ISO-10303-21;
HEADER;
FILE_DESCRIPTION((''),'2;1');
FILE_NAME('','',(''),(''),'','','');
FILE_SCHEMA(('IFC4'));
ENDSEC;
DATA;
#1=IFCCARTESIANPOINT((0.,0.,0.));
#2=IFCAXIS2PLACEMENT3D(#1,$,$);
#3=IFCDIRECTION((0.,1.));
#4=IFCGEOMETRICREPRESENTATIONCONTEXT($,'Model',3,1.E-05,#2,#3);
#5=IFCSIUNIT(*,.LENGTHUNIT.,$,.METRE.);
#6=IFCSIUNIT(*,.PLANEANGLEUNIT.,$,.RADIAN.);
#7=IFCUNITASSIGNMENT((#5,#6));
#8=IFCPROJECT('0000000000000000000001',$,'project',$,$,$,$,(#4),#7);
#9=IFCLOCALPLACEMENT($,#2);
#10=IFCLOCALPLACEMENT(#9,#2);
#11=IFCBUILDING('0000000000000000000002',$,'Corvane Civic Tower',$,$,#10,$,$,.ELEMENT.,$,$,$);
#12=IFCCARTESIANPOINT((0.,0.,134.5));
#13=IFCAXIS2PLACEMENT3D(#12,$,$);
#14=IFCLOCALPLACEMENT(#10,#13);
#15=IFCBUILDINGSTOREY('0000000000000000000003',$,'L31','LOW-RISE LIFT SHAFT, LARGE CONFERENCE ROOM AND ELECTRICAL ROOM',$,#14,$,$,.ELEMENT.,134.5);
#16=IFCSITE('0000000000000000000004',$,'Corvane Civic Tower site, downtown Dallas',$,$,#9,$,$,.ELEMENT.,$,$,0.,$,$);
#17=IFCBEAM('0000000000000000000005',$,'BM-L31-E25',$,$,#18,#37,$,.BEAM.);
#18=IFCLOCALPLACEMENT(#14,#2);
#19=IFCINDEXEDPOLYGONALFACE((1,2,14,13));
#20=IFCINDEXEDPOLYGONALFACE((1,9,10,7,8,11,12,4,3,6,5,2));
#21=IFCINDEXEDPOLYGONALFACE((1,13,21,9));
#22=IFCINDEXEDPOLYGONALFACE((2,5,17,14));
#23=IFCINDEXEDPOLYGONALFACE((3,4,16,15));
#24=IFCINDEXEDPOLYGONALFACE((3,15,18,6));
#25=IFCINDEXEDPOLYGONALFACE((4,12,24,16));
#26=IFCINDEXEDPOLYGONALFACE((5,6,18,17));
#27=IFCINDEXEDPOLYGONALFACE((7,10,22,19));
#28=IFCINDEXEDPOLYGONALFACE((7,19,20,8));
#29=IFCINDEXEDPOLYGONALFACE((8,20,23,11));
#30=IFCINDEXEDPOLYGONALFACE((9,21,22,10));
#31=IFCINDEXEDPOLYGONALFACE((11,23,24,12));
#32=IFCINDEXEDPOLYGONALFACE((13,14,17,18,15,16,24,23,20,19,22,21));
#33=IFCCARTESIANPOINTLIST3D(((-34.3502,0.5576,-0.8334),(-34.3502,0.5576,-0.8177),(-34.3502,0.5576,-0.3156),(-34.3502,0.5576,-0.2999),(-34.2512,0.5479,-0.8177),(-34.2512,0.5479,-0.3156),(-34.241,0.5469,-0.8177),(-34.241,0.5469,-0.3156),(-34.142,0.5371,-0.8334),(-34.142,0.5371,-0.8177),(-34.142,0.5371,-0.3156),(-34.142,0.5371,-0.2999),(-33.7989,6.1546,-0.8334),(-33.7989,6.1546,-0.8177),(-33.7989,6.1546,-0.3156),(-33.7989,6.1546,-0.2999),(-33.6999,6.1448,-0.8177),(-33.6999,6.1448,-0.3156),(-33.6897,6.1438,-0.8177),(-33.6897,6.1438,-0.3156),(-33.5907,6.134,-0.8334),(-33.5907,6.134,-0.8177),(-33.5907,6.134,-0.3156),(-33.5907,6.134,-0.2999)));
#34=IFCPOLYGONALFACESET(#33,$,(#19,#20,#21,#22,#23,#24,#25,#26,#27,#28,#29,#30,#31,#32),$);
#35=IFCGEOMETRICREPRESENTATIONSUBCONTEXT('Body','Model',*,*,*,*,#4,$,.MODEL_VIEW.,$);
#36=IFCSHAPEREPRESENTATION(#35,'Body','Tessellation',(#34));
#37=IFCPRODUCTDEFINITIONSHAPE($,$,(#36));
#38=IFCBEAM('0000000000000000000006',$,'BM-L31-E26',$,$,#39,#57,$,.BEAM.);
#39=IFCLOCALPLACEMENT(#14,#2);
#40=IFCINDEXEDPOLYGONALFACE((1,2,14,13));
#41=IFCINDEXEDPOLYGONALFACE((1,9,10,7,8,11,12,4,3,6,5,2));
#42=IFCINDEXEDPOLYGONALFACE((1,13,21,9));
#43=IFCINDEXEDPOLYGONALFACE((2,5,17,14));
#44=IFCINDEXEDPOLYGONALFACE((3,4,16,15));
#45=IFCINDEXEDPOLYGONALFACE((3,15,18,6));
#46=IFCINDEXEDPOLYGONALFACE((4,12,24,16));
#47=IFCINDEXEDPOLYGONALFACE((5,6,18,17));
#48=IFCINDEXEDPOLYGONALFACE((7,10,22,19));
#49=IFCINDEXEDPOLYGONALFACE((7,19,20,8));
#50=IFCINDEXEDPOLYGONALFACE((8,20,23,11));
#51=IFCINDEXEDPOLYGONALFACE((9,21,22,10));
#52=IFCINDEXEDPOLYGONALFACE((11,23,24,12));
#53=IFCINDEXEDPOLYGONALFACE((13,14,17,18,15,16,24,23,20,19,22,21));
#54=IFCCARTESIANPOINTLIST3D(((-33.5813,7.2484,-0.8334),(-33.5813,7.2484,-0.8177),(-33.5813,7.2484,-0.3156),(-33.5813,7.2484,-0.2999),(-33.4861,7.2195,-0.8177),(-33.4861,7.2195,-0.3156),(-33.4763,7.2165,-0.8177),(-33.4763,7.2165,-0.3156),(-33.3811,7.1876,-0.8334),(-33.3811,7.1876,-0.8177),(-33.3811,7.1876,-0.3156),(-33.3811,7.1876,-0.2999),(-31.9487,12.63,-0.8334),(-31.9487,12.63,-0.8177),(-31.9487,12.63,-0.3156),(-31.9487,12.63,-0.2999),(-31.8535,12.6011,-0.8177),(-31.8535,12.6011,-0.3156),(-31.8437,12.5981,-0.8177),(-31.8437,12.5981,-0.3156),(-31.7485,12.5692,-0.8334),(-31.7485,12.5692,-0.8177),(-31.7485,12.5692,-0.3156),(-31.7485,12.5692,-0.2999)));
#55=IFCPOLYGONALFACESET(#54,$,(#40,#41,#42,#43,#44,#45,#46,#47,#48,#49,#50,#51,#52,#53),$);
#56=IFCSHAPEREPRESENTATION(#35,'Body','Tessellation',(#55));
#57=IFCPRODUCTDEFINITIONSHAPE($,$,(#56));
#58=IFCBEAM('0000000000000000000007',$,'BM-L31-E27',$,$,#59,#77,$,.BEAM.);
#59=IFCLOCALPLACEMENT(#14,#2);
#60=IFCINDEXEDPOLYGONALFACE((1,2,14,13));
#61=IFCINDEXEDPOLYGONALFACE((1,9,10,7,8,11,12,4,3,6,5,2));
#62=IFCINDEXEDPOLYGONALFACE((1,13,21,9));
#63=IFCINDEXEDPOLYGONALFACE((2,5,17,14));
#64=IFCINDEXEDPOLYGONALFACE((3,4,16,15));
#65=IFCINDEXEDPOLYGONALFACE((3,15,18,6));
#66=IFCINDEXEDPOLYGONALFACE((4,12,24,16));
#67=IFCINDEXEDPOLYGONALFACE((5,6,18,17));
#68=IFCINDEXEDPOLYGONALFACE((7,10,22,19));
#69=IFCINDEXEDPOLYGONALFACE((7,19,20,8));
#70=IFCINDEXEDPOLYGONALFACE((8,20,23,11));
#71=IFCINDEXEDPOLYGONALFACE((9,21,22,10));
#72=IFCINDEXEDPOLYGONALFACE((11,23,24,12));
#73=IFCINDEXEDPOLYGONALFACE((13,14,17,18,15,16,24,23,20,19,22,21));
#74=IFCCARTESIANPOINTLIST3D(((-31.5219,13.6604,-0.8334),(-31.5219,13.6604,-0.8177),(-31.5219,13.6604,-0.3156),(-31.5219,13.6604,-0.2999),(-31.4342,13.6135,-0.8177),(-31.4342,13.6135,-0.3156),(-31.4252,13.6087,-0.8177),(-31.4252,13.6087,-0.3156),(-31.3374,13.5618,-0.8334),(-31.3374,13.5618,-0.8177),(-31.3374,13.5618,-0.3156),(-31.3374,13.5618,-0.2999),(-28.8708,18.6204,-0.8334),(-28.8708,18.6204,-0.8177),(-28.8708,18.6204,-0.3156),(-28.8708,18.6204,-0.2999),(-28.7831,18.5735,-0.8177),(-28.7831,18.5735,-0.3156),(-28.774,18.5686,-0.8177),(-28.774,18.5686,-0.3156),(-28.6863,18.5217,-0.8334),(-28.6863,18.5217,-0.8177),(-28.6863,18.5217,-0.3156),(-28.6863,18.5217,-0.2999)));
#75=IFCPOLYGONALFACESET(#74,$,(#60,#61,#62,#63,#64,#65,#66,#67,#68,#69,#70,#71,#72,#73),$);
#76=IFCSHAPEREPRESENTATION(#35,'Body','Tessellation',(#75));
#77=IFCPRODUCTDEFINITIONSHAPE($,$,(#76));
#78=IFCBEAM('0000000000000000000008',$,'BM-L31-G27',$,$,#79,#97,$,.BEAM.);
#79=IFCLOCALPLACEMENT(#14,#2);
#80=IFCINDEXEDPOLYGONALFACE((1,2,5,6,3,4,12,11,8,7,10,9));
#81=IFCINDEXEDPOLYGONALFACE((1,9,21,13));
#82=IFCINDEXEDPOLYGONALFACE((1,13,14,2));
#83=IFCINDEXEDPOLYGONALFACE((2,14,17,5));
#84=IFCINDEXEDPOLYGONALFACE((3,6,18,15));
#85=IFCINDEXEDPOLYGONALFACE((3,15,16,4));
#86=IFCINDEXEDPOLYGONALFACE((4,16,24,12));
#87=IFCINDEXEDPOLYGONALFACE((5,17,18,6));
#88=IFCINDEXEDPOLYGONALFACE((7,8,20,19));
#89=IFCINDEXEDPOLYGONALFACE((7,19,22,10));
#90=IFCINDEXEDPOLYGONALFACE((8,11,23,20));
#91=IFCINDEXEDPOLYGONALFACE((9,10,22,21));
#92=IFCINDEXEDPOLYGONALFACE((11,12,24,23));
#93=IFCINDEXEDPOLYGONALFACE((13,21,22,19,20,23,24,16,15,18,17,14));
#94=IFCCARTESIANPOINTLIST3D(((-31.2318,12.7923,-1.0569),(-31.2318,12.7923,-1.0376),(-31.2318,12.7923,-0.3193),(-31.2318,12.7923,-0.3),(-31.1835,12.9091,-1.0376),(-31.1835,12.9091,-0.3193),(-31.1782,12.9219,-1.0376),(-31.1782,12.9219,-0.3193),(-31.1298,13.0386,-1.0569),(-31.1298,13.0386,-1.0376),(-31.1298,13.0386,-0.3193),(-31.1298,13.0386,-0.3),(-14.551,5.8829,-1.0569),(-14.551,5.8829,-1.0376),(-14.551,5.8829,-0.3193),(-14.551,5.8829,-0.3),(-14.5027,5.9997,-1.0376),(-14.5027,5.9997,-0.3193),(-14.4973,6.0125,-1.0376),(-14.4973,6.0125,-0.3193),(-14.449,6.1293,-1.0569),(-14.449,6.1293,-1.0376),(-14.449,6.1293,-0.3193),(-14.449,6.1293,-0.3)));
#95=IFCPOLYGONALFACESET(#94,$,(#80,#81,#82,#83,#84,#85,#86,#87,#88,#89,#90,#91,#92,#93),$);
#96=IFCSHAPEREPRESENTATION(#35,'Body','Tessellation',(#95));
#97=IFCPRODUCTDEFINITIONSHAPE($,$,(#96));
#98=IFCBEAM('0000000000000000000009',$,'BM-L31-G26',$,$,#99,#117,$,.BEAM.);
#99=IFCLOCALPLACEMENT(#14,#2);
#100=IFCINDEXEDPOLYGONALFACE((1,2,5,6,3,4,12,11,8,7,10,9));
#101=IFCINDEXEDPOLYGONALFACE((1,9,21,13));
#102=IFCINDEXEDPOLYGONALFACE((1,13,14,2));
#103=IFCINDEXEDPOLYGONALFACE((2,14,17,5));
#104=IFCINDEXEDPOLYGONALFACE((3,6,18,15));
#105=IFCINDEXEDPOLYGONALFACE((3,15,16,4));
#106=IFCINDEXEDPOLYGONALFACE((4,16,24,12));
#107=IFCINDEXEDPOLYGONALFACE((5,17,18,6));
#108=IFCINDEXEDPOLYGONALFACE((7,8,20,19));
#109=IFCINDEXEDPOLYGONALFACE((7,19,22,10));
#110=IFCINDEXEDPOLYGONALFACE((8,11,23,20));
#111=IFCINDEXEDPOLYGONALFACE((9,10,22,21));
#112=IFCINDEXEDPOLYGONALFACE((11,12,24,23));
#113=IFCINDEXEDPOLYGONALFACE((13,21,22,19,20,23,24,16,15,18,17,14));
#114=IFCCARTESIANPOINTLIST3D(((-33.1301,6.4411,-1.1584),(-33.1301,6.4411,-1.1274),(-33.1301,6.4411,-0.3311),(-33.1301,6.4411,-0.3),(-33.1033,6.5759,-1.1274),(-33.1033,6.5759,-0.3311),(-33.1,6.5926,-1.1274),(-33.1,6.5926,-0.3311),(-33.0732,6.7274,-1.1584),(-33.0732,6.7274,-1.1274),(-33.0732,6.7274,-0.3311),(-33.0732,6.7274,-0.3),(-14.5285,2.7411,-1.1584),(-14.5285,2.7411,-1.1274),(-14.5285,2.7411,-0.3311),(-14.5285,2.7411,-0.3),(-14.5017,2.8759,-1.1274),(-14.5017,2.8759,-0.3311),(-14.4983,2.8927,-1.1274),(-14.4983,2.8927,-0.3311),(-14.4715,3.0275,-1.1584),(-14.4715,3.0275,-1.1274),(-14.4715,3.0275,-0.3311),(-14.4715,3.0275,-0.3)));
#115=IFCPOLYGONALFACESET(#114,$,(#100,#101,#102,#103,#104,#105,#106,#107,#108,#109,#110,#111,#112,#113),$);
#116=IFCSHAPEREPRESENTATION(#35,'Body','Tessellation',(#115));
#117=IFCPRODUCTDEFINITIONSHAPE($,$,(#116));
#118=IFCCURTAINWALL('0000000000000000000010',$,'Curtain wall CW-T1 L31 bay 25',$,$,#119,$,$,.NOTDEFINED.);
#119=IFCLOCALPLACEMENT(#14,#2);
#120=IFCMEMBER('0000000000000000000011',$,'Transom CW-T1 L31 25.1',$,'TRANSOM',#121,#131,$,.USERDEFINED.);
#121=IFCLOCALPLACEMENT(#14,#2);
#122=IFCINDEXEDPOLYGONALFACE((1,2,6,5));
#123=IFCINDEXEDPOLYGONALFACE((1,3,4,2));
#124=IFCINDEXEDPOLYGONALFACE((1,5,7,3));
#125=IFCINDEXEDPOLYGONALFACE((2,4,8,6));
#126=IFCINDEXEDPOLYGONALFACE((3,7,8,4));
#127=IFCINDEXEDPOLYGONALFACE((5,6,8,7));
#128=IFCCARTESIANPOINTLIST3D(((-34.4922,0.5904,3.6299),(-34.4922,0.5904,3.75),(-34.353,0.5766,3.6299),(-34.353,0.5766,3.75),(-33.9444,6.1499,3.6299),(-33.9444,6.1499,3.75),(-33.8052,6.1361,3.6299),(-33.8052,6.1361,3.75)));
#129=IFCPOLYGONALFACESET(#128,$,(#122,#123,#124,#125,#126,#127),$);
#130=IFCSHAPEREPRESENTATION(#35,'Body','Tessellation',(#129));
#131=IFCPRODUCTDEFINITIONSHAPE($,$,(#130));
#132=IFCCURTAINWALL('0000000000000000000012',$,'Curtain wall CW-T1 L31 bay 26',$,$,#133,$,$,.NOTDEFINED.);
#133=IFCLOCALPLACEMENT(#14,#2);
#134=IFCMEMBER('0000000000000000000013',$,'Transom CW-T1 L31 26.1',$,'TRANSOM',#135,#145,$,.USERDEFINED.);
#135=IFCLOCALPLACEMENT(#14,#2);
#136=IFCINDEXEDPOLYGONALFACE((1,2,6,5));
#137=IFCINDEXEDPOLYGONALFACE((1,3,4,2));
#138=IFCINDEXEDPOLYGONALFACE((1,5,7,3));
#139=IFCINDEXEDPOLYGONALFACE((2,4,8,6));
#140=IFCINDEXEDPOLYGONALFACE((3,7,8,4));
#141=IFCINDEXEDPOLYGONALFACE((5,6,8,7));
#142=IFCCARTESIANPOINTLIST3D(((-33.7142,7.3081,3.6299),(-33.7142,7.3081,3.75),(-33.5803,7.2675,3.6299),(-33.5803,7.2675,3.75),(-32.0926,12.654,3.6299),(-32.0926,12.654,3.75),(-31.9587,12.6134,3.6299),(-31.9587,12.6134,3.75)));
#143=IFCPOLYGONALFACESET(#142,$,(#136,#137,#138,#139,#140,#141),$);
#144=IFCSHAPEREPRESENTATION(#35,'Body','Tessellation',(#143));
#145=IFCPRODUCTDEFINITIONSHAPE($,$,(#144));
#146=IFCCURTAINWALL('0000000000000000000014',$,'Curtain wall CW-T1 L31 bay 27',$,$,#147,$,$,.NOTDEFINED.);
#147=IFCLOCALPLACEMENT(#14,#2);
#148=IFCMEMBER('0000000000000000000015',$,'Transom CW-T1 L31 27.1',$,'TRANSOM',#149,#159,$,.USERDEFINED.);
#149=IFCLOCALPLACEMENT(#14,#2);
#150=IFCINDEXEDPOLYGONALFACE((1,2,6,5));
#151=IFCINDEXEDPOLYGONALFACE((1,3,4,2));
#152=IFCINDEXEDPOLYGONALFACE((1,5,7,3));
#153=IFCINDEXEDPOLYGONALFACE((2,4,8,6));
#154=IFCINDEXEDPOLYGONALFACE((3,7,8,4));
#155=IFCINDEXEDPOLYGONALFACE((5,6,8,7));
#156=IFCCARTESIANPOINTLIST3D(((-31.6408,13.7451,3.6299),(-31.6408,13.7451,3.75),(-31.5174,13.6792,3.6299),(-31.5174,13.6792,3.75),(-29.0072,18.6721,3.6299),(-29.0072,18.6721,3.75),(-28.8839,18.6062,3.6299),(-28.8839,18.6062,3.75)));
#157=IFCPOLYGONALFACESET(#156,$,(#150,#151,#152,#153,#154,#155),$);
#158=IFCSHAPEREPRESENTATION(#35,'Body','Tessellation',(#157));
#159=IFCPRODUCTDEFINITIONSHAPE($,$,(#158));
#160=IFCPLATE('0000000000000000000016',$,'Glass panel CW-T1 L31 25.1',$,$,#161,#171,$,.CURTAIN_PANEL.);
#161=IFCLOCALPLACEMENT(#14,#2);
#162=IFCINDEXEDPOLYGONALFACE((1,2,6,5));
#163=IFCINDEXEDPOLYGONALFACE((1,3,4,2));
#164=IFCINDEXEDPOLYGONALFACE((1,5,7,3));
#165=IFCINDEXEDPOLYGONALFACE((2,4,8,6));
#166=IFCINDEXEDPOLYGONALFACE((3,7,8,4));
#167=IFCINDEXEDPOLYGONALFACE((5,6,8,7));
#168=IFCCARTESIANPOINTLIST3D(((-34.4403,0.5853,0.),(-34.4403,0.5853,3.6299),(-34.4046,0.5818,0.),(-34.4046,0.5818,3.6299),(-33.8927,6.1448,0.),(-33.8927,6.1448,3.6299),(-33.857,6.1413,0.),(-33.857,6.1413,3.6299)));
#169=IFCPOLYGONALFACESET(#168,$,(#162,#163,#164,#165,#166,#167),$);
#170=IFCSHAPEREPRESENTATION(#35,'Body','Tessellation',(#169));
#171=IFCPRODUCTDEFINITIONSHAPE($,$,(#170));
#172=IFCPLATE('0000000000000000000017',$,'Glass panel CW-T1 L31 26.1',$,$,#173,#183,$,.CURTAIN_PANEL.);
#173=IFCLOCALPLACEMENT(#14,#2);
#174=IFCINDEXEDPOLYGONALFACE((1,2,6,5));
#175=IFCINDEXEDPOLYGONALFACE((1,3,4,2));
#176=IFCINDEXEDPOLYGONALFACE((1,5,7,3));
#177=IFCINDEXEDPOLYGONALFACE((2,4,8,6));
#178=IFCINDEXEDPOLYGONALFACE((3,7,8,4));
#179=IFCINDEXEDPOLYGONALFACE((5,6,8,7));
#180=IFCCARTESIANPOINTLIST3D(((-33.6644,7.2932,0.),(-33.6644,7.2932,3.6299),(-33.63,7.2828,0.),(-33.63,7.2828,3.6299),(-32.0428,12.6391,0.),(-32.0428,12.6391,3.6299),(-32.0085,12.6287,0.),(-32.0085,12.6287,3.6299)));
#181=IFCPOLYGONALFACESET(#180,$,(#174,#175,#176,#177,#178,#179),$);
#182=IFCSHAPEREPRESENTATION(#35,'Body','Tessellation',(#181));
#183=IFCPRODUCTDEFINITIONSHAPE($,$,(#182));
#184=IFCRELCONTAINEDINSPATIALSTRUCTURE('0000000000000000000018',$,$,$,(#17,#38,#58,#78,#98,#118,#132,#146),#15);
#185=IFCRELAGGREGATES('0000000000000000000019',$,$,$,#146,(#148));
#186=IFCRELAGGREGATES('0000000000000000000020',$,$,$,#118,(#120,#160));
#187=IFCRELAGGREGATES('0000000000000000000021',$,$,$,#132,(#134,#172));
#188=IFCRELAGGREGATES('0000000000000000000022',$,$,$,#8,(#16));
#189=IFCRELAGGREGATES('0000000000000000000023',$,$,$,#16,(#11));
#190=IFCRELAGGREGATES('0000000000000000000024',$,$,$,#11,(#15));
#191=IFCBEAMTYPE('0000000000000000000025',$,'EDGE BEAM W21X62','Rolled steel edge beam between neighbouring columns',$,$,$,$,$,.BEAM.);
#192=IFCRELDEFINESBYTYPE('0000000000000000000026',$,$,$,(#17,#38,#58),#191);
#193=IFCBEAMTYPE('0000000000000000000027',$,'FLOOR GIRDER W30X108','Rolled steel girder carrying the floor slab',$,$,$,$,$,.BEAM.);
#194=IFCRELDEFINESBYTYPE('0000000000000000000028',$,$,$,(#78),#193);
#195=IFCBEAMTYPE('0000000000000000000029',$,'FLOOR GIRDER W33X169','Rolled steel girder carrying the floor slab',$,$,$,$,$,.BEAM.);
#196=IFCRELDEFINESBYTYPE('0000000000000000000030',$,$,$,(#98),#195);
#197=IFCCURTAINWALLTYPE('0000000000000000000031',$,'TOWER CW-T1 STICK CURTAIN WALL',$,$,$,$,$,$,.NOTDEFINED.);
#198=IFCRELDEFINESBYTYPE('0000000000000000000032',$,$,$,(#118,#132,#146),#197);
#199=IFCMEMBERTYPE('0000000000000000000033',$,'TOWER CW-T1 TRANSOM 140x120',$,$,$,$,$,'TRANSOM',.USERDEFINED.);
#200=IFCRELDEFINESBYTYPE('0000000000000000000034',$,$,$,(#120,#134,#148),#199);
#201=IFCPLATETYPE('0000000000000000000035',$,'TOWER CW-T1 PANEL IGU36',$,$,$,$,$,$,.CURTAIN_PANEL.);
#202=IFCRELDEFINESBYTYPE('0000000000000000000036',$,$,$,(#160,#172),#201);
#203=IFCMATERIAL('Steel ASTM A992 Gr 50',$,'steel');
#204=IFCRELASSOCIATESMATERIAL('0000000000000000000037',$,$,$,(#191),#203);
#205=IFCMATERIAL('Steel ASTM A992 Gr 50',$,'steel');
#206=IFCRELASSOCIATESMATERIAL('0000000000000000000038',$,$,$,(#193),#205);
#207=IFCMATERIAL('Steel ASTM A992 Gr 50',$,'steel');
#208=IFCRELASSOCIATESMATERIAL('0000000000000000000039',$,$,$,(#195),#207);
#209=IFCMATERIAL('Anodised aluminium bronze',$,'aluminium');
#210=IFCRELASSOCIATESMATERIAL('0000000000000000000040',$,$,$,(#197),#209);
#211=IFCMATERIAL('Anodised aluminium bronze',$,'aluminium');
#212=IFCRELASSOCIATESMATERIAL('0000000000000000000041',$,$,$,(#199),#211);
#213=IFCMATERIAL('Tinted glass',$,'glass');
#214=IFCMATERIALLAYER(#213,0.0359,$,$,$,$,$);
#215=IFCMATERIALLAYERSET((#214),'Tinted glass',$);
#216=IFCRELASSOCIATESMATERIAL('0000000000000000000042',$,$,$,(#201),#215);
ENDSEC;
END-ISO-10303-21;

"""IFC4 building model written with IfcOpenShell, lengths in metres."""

from ifc_helpers import new_model, si_unit, direction, frame, origin, origin_2d, place, context, subcontext, project, spatial, rectangle, i_section, extrude, material, layer, layer_set, material_profile, profile_set, type_object, element, aggregate, save


model = new_model("IFC4")

# Units and contexts
model_context = context("Model", 3, precision=1e-05, world=origin(), true_north=direction((0.0, 1.0)))
body_context = subcontext(model_context, "Body", "Model", "MODEL_VIEW")
ifc_project = project(units=[si_unit("LENGTHUNIT", "METRE"), si_unit("PLANEANGLEUNIT", "RADIAN")], contexts=[model_context])

# Site, building, storey
site_placement = place(None, origin())
site = spatial("IfcSite", under=ifc_project, at=site_placement, Name="Corvane Civic Tower site, downtown Dallas", CompositionType="ELEMENT", RefElevation=0.0)
building_placement = place(site_placement, origin())
building = spatial("IfcBuilding", under=site, at=building_placement, Name="Corvane Civic Tower", CompositionType="ELEMENT")
storey_placement = place(building_placement, frame((0.0, 0.0, 134.5)))
storey = spatial("IfcBuildingStorey", under=building, at=storey_placement, Name="L31", Description="LOW-RISE LIFT SHAFT, LARGE CONFERENCE ROOM AND ELECTRICAL ROOM", CompositionType="ELEMENT", Elevation=134.5)

# Beams
ifc_material_1 = material(Name="Steel ASTM A992 Gr 50", Category="steel")
ifc_material_profile_1 = material_profile(ifc_material_1, i_section(OverallWidth=0.2092, OverallDepth=0.5334, WebThickness=0.0103, FlangeThickness=0.0156, at=origin_2d()), Name="W21X62")
ifc_profile_set_1 = profile_set([ifc_material_profile_1], Name="Steel ASTM A992 Gr 50")
beam_type_1 = type_object("IfcBeamType", Name="EDGE BEAM W21X62", Description="Rolled steel edge beam between neighbouring columns", PredefinedType="BEAM", material=ifc_profile_set_1)
beam_1_placement = place(storey_placement, frame((-34.2461, 0.5474, -0.5667), z_axis=(0.098021, 0.995184, 0.0), x_axis=(-0.995184, 0.098021, 0.0)))
element("IfcBeam", 1, at=beam_1_placement, inside=storey, type_object=beam_type_1, Name="BM-L31-E25", PredefinedType="BEAM", context=body_context, shape_type="SweptSolid", body=[
    extrude(i_section(OverallWidth=0.2092, OverallDepth=0.5334, WebThickness=0.0103, FlangeThickness=0.0156, at=origin_2d()), origin(), (0.0, 0.0, 1.0), 5.624),
])
beam_2_placement = place(storey_placement, frame((-33.4812, 7.218, -0.5667), z_axis=(0.290298, 0.956936, 0.0), x_axis=(-0.956936, 0.290298, 0.0)))
element("IfcBeam", 2, at=beam_2_placement, inside=storey, type_object=beam_type_1, Name="BM-L31-E26", PredefinedType="BEAM", context=body_context, shape_type="SweptSolid", body=[
    extrude(i_section(OverallWidth=0.2092, OverallDepth=0.5334, WebThickness=0.0103, FlangeThickness=0.0156, at=origin_2d()), origin(), (0.0, 0.0, 1.0), 5.6238),
])
beam_3_placement = place(storey_placement, frame((-31.4297, 13.6111, -0.5667), z_axis=(0.471392, 0.881924, 0.0), x_axis=(-0.881924, 0.471392, 0.0)))
element("IfcBeam", 3, at=beam_3_placement, inside=storey, type_object=beam_type_1, Name="BM-L31-E27", PredefinedType="BEAM", context=body_context, shape_type="SweptSolid", body=[
    extrude(i_section(OverallWidth=0.2092, OverallDepth=0.5334, WebThickness=0.0103, FlangeThickness=0.0156, at=origin_2d()), origin(), (0.0, 0.0, 1.0), 5.624),
])
ifc_material_2 = material(Name="Steel ASTM A992 Gr 50", Category="steel")
ifc_material_profile_2 = material_profile(ifc_material_2, i_section(OverallWidth=0.2666, OverallDepth=0.7568, WebThickness=0.0139, FlangeThickness=0.0193, at=origin_2d()), Name="W30X108")
ifc_profile_set_2 = profile_set([ifc_material_profile_2], Name="Steel ASTM A992 Gr 50")
beam_type_2 = type_object("IfcBeamType", Name="FLOOR GIRDER W30X108", Description="Rolled steel girder carrying the floor slab", PredefinedType="BEAM", material=ifc_profile_set_2)
beam_4_placement = place(storey_placement, frame((-14.5, 6.0061, -0.6785), z_axis=(-0.92388, 0.382682, 0.0), x_axis=(-0.382682, -0.92388, 0.0)))
element("IfcBeam", 4, at=beam_4_placement, inside=storey, type_object=beam_type_2, Name="BM-L31-G27", PredefinedType="BEAM", context=body_context, shape_type="SweptSolid", body=[
    extrude(i_section(OverallWidth=0.2666, OverallDepth=0.7568, WebThickness=0.0139, FlangeThickness=0.0193, at=origin_2d()), origin(), (0.0, 0.0, 1.0), 18.0552),
])
ifc_material_3 = material(Name="Steel ASTM A992 Gr 50", Category="steel")
ifc_material_profile_3 = material_profile(ifc_material_3, i_section(OverallWidth=0.292, OverallDepth=0.8584, WebThickness=0.0171, FlangeThickness=0.031, at=origin_2d()), Name="W33X169")
ifc_profile_set_3 = profile_set([ifc_material_profile_3], Name="Steel ASTM A992 Gr 50")
beam_type_3 = type_object("IfcBeamType", Name="FLOOR GIRDER W33X169", Description="Rolled steel girder carrying the floor slab", PredefinedType="BEAM", material=ifc_profile_set_3)
beam_5_placement = place(storey_placement, frame((-14.5, 2.8843, -0.7292), z_axis=(-0.980787, 0.195084, 0.0), x_axis=(-0.195084, -0.980787, 0.0)))
element("IfcBeam", 5, at=beam_5_placement, inside=storey, type_object=beam_type_3, Name="BM-L31-G26", PredefinedType="BEAM", context=body_context, shape_type="SweptSolid", body=[
    extrude(i_section(OverallWidth=0.292, OverallDepth=0.8584, WebThickness=0.0171, FlangeThickness=0.031, at=origin_2d()), origin(), (0.0, 0.0, 1.0), 18.9661),
])

# Curtain walls, members
ifc_material_4 = material(Name="Anodised aluminium bronze", Category="aluminium")
curtain_wall_type = type_object("IfcCurtainWallType", Name="TOWER CW-T1 STICK CURTAIN WALL", PredefinedType="NOTDEFINED", material=ifc_material_4)
curtain_wall_1_placement = place(storey_placement, origin())
curtain_wall_1 = element("IfcCurtainWall", 6, at=curtain_wall_1_placement, inside=storey, type_object=curtain_wall_type, Name="Curtain wall CW-T1 L31 bay 25", PredefinedType="NOTDEFINED")
ifc_material_5 = material(Name="Anodised aluminium bronze", Category="aluminium")
ifc_material_profile_4 = material_profile(ifc_material_5, rectangle(XDim=0.1399, YDim=0.1201, at=origin_2d()), Name="TOWER CW-T1 TRANSOM 140x120")
ifc_profile_set_4 = profile_set([ifc_material_profile_4], Name="Anodised aluminium bronze")
member_type = type_object("IfcMemberType", Name="TOWER CW-T1 TRANSOM 140x120", ElementType="TRANSOM", PredefinedType="USERDEFINED", material=ifc_profile_set_4)
member_1_placement = place(storey_placement, frame((-34.4226, 0.5835, 3.6899), z_axis=(0.098067, 0.99518, 0.0), x_axis=(-0.99518, 0.098067, 0.0)))
member_1 = element("IfcMember", 7, at=member_1_placement, type_object=member_type, Name="Transom CW-T1 L31 25.1", ObjectType="TRANSOM", PredefinedType="USERDEFINED", context=body_context, shape_type="SweptSolid", body=[
    extrude(rectangle(XDim=0.1399, YDim=0.1201, at=origin_2d()), origin(), (0.0, 0.0, 1.0), 5.5864),
])
curtain_wall_2_placement = place(storey_placement, origin())
curtain_wall_2 = element("IfcCurtainWall", 8, at=curtain_wall_2_placement, inside=storey, type_object=curtain_wall_type, Name="Curtain wall CW-T1 L31 bay 26", PredefinedType="NOTDEFINED")
member_2_placement = place(storey_placement, frame((-33.6472, 7.2878, 3.6899), z_axis=(0.290269, 0.956945, 0.0), x_axis=(-0.956945, 0.290269, 0.0)))
member_2 = element("IfcMember", 9, at=member_2_placement, type_object=member_type, Name="Transom CW-T1 L31 26.1", ObjectType="TRANSOM", PredefinedType="USERDEFINED", context=body_context, shape_type="SweptSolid", body=[
    extrude(rectangle(XDim=0.1399, YDim=0.1201, at=origin_2d()), origin(), (0.0, 0.0, 1.0), 5.5864),
])
curtain_wall_3_placement = place(storey_placement, origin())
curtain_wall_3 = element("IfcCurtainWall", 10, at=curtain_wall_3_placement, inside=storey, type_object=curtain_wall_type, Name="Curtain wall CW-T1 L31 bay 27", PredefinedType="NOTDEFINED")
member_3_placement = place(storey_placement, frame((-31.5791, 13.7122, 3.6899), z_axis=(0.471398, 0.881921, 0.0), x_axis=(-0.881921, 0.471398, 0.0)))
member_3 = element("IfcMember", 11, at=member_3_placement, type_object=member_type, Name="Transom CW-T1 L31 27.1", ObjectType="TRANSOM", PredefinedType="USERDEFINED", context=body_context, shape_type="SweptSolid", body=[
    extrude(rectangle(XDim=0.1399, YDim=0.1201, at=origin_2d()), origin(), (0.0, 0.0, 1.0), 5.5867),
])
aggregate(curtain_wall_3, [member_3])

# Plates
ifc_material_6 = material(Name="Tinted glass", Category="glass")
ifc_layer_1 = layer(ifc_material_6, 0.0359)
ifc_layer_set_1 = layer_set([ifc_layer_1], Name="Tinted glass")
plate_type = type_object("IfcPlateType", Name="TOWER CW-T1 PANEL IGU36", PredefinedType="CURTAIN_PANEL", material=ifc_layer_set_1)
plate_1_placement = place(storey_placement, frame((-34.1487, 3.3633, 0.0), z_axis=(0.0, 0.0, 1.0), x_axis=(0.098027, 0.995184, 0.0)))
plate_1 = element("IfcPlate", 12, at=plate_1_placement, type_object=plate_type, Name="Glass panel CW-T1 L31 25.1", PredefinedType="CURTAIN_PANEL", context=body_context, shape_type="SweptSolid", body=[
    extrude(rectangle(XDim=5.5864, YDim=0.0359, at=origin_2d()), origin(), (0.0, 0.0, 1.0), 3.6299),
])
aggregate(curtain_wall_1, [member_1, plate_1])
plate_2_placement = place(storey_placement, frame((-32.8364, 9.9609, 0.0), z_axis=(0.0, 0.0, 1.0), x_axis=(0.290266, 0.956946, 0.0)))
plate_2 = element("IfcPlate", 13, at=plate_2_placement, type_object=plate_type, Name="Glass panel CW-T1 L31 26.1", PredefinedType="CURTAIN_PANEL", context=body_context, shape_type="SweptSolid", body=[
    extrude(rectangle(XDim=5.5864, YDim=0.0359, at=origin_2d()), origin(), (0.0, 0.0, 1.0), 3.6299),
])
aggregate(curtain_wall_2, [member_2, plate_2])

save(model, "model.ifc")
